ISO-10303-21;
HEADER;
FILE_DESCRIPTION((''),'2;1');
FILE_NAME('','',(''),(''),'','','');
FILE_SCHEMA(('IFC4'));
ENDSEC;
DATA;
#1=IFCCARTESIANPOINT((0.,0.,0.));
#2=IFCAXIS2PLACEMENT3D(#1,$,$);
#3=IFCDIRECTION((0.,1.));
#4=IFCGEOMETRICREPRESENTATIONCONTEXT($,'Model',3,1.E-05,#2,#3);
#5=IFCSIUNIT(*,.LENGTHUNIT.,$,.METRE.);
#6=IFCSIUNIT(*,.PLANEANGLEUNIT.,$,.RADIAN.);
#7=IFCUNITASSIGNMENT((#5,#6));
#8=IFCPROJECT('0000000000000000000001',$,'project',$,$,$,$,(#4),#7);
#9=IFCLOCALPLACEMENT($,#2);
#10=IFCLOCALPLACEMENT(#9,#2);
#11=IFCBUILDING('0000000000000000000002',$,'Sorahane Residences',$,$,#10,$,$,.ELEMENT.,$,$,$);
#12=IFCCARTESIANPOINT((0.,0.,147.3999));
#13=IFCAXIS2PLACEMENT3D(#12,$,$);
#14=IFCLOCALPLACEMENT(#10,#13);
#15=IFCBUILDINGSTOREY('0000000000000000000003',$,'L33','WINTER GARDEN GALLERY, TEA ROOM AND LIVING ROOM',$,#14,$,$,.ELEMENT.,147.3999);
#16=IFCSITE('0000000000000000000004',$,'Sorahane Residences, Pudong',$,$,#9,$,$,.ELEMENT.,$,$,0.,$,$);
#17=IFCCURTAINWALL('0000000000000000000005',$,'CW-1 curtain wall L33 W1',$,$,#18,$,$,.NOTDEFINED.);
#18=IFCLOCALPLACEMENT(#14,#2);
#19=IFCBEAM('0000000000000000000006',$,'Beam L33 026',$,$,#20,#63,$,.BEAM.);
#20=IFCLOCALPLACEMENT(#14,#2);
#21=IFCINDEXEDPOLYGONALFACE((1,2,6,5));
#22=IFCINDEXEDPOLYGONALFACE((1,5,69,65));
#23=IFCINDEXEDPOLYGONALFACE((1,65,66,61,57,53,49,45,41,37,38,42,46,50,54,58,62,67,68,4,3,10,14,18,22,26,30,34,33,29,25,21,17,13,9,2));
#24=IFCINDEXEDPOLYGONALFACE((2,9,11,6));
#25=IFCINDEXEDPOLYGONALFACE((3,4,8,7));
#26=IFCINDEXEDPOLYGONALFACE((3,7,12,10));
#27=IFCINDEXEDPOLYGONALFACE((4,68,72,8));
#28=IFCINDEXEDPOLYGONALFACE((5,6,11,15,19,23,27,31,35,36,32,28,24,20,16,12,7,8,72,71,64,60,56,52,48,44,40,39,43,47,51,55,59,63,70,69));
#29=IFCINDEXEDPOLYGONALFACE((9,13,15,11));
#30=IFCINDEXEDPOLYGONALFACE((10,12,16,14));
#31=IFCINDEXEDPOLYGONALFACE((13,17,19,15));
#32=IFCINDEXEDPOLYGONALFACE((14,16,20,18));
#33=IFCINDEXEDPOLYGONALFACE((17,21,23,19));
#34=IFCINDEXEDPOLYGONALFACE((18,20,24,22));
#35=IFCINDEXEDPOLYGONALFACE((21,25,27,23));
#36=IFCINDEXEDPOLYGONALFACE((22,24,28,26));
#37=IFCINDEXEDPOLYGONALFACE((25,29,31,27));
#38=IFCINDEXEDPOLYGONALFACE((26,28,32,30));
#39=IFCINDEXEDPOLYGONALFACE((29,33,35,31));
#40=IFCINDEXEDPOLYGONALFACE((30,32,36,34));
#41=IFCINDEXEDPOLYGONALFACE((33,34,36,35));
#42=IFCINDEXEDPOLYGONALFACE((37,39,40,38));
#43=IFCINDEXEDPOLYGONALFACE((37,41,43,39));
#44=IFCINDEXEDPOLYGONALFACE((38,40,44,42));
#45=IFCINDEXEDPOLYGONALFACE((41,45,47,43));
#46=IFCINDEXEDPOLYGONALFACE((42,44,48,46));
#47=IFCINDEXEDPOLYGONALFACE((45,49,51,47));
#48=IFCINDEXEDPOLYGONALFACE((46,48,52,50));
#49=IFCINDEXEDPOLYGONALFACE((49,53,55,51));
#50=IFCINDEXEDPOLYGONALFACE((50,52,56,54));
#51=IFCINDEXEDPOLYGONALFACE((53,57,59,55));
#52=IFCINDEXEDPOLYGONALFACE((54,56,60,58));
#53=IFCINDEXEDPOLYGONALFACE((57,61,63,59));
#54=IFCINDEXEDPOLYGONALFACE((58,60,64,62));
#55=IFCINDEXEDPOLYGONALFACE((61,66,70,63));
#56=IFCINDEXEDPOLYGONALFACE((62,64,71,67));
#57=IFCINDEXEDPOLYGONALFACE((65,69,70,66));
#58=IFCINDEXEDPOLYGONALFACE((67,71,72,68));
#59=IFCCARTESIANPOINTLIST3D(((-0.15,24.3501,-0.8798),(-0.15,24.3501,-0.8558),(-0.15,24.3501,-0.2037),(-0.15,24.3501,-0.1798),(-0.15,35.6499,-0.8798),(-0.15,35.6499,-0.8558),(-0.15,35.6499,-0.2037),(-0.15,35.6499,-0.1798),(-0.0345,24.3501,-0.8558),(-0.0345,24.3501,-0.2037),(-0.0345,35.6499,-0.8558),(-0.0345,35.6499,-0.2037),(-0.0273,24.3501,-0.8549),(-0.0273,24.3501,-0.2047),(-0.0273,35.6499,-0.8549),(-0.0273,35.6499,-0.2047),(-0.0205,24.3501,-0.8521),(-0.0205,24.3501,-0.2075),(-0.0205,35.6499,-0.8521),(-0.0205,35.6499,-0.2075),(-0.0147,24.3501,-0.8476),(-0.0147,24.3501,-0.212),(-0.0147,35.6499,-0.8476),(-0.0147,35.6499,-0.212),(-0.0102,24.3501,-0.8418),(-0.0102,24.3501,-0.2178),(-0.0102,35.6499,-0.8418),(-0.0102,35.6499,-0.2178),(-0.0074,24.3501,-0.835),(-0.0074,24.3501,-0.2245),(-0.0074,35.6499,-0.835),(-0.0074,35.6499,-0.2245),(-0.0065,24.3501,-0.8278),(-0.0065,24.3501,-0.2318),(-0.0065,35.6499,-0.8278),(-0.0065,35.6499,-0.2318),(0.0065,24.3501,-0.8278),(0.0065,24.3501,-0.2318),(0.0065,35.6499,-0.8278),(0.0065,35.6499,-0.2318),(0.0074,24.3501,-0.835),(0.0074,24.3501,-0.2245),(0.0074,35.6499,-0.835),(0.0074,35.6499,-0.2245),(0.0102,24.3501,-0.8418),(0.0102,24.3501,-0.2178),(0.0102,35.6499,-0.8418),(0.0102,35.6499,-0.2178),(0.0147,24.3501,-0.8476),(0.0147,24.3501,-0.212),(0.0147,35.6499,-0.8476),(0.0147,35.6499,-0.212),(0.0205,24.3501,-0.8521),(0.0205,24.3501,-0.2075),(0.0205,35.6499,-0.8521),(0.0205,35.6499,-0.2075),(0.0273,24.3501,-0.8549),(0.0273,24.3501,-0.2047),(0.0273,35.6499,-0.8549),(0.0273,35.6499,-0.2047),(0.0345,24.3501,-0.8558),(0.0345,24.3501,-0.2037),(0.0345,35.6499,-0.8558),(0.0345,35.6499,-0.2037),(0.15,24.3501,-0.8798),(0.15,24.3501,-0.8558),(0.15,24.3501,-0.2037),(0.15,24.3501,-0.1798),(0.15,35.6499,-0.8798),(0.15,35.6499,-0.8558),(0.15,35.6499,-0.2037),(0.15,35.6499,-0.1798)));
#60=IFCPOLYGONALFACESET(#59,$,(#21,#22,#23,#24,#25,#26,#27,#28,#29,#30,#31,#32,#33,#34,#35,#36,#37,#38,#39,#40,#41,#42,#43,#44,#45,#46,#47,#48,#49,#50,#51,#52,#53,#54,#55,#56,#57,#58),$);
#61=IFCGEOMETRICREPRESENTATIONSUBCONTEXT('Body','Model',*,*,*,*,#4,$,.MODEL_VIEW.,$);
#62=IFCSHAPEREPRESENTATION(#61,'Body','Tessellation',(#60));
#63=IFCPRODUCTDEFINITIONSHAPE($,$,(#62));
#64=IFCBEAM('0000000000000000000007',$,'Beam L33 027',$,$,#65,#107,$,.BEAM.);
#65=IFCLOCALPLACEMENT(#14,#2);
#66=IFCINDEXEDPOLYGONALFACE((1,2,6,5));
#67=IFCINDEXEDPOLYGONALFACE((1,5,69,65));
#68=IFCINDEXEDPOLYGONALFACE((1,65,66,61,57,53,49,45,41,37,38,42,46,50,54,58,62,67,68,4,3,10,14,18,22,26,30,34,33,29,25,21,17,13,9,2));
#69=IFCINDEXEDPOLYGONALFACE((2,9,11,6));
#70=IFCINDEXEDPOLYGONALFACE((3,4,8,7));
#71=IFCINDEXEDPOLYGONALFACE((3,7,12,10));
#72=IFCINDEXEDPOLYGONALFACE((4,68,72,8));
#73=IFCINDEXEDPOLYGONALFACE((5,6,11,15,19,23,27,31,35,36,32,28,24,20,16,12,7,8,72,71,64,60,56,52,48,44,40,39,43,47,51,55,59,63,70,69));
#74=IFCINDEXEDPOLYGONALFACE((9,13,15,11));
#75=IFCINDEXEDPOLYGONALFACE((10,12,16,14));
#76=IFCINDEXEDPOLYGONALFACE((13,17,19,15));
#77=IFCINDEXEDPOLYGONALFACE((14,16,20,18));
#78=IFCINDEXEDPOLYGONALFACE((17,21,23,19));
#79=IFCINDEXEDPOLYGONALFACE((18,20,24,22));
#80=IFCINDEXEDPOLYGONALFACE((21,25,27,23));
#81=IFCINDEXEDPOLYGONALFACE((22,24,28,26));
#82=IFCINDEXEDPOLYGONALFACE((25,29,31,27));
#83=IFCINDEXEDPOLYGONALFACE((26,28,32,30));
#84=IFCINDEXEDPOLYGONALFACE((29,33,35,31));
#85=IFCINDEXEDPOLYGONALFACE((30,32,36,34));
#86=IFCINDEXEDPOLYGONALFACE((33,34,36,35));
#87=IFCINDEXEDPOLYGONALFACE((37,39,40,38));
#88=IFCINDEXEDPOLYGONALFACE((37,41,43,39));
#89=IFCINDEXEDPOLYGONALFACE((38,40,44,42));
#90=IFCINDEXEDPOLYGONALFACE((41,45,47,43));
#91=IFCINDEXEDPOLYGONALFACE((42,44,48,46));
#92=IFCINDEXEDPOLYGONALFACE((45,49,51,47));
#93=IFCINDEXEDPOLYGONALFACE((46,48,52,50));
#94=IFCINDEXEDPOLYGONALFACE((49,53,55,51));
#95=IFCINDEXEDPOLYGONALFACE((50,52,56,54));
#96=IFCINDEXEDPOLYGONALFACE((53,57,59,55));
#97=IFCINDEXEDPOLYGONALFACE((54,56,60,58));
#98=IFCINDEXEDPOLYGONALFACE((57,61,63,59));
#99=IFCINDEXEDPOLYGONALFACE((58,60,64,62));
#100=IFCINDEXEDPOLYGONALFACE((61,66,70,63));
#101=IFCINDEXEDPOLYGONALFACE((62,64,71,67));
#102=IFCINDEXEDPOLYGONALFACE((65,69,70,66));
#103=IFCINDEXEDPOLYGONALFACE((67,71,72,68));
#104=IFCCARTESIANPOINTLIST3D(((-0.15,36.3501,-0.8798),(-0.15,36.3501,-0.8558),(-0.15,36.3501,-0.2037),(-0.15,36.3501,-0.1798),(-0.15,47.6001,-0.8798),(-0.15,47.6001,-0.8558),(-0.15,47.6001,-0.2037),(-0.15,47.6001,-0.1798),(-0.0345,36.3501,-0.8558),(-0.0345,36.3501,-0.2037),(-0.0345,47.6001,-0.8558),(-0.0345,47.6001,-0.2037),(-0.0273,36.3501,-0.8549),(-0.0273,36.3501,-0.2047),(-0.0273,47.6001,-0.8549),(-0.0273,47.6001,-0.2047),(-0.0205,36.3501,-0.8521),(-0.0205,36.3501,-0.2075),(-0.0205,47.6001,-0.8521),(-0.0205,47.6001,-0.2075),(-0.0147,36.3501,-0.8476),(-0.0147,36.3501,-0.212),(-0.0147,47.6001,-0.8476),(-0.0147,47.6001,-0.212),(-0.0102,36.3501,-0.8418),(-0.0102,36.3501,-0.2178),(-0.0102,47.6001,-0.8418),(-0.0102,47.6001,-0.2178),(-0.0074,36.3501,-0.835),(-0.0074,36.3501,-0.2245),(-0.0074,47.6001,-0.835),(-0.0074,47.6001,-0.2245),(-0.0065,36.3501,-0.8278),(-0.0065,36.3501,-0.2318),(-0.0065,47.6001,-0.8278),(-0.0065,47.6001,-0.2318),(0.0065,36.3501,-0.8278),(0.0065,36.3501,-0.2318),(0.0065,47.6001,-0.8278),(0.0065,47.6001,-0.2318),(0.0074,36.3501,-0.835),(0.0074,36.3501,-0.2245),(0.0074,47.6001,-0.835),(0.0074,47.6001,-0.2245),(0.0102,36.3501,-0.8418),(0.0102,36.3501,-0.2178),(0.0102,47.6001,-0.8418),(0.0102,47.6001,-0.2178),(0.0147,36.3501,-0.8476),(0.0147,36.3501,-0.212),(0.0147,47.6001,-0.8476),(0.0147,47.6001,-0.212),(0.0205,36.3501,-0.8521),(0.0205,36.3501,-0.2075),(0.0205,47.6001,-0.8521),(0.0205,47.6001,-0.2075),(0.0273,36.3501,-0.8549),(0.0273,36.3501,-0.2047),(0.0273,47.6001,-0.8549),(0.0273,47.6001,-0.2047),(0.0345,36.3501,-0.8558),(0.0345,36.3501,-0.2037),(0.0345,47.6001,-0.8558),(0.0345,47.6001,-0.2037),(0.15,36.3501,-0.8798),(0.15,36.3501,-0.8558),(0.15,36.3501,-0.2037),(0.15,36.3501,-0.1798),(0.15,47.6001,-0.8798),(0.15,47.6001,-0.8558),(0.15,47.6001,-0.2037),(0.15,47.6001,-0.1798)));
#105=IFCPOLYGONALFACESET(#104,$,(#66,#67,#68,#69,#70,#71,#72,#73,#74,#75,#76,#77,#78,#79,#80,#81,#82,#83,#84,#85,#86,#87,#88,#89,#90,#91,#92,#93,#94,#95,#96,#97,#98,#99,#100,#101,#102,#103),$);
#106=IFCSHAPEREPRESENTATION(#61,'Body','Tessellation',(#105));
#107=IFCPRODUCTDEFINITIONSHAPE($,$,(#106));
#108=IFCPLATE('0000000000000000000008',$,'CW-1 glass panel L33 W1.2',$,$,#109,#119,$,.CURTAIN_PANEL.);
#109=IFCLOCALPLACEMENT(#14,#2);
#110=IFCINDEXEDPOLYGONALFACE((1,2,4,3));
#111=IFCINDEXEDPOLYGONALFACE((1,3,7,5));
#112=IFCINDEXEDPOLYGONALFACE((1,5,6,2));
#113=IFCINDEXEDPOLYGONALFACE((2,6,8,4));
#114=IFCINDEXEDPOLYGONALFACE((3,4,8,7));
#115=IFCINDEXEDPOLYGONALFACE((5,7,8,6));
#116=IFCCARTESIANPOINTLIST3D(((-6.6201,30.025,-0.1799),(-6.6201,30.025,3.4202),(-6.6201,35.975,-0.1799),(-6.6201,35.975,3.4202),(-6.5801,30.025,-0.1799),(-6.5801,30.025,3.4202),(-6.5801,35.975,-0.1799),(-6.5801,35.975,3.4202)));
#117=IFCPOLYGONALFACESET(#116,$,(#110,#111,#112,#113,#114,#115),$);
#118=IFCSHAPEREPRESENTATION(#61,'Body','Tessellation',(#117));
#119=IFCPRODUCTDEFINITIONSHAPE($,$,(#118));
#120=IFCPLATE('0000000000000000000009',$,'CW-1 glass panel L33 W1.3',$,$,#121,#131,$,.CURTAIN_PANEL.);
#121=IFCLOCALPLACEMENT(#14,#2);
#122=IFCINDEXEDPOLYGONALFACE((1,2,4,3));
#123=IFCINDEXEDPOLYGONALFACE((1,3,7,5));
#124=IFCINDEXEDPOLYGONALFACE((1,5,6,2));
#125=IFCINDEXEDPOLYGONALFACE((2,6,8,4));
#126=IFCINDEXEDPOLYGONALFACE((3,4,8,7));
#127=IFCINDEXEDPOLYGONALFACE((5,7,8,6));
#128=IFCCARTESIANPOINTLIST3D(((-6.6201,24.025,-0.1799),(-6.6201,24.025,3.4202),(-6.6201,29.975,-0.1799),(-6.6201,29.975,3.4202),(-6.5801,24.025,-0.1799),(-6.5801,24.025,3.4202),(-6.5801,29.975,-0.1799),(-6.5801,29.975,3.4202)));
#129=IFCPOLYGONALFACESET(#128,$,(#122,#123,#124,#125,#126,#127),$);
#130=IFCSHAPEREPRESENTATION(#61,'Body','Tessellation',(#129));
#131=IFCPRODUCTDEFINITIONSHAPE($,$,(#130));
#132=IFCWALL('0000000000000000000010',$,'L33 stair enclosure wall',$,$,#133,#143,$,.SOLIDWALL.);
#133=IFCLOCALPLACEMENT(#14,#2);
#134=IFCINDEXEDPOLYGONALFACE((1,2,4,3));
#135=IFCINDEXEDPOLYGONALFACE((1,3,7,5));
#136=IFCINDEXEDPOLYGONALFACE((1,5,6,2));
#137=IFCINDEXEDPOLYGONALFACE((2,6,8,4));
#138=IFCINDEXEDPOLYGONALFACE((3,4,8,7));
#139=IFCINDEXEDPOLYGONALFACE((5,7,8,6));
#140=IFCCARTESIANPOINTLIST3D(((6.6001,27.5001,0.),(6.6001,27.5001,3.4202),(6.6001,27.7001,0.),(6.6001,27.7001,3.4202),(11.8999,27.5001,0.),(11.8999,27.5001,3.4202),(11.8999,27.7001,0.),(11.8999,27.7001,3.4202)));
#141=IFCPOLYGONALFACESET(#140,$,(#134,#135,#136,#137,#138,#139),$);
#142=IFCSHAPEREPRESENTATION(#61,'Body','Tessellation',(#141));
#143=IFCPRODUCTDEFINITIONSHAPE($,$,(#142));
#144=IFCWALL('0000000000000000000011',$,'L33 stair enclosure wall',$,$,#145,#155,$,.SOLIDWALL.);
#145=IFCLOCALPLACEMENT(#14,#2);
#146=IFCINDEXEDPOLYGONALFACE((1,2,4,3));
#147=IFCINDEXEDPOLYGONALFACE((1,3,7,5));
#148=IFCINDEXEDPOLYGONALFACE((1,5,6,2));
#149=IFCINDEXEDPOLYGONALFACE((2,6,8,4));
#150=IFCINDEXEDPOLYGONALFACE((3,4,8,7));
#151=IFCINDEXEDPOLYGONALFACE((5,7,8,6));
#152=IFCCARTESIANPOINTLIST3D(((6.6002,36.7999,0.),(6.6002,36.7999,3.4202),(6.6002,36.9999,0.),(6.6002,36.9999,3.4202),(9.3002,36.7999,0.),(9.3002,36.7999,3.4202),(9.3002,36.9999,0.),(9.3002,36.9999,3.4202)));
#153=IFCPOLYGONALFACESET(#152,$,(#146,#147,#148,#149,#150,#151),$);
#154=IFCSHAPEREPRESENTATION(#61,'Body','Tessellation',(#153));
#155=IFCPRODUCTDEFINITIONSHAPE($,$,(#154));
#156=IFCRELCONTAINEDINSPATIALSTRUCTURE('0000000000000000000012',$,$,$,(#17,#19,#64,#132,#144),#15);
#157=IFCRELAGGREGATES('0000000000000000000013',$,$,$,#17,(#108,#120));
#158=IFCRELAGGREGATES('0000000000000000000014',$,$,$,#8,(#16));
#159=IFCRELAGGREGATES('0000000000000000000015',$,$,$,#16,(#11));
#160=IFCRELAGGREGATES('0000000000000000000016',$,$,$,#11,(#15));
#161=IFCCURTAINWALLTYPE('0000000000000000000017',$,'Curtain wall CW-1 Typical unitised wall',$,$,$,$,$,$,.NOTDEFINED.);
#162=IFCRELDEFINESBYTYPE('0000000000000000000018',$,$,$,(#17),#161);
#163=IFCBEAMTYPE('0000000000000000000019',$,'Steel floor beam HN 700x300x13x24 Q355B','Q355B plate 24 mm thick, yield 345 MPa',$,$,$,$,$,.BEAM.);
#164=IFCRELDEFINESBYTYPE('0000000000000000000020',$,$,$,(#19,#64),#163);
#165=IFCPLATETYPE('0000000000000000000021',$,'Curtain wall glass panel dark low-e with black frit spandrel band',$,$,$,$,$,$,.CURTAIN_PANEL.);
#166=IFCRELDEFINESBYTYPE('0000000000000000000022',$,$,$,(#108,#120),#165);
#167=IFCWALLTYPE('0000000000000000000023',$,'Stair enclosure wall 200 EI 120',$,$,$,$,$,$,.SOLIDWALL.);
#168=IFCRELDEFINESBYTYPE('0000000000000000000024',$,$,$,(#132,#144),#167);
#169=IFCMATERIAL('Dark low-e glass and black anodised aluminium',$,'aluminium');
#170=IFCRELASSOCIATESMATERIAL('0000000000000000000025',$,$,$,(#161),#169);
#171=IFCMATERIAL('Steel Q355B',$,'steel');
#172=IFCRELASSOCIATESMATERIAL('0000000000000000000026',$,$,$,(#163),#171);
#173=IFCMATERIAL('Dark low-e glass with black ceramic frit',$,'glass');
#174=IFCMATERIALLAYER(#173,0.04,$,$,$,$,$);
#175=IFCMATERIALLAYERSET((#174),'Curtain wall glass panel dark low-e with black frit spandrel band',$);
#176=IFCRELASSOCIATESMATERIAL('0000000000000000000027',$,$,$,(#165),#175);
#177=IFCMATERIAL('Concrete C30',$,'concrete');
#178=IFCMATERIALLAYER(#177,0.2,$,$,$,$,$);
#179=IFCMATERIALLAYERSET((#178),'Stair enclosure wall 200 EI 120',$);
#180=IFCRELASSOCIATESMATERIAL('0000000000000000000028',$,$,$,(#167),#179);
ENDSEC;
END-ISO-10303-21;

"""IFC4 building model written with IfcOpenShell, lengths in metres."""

from ifc_helpers import new_model, si_unit, direction, frame, frame_2d, origin, origin_2d, place, context, subcontext, project, spatial, rectangle, i_section, extrude, material, layer, layer_set, material_profile, profile_set, type_object, element, aggregate, save


model = new_model("IFC4")

# Units and contexts
model_context = context("Model", 3, precision=1e-05, world=origin(), true_north=direction((0.0, 1.0)))
body_context = subcontext(model_context, "Body", "Model", "MODEL_VIEW")
ifc_project = project(units=[si_unit("LENGTHUNIT", "METRE"), si_unit("PLANEANGLEUNIT", "RADIAN")], contexts=[model_context])

# Site, building, storey
site_placement = place(None, origin())
site = spatial("IfcSite", under=ifc_project, at=site_placement, Name="Sorahane Residences, Pudong", CompositionType="ELEMENT", RefElevation=0.0)
building_placement = place(site_placement, origin())
building = spatial("IfcBuilding", under=site, at=building_placement, Name="Sorahane Residences", CompositionType="ELEMENT")
storey_placement = place(building_placement, frame((0.0, 0.0, 147.3999)))
storey = spatial("IfcBuildingStorey", under=building, at=storey_placement, Name="L33", Description="WINTER GARDEN GALLERY, TEA ROOM AND LIVING ROOM", CompositionType="ELEMENT", Elevation=147.3999)

# Curtain wall
ifc_material_1 = material(Name="Dark low-e glass and black anodised aluminium", Category="aluminium")
curtain_wall_type = type_object("IfcCurtainWallType", Name="Curtain wall CW-1 Typical unitised wall", PredefinedType="NOTDEFINED", material=ifc_material_1)
curtain_wall_placement = place(storey_placement, origin())
curtain_wall = element("IfcCurtainWall", 1, at=curtain_wall_placement, inside=storey, type_object=curtain_wall_type, Name="CW-1 curtain wall L33 W1", PredefinedType="NOTDEFINED")

# Beams
ifc_material_2 = material(Name="Steel Q355B", Category="steel")
ifc_material_profile_1 = material_profile(ifc_material_2, i_section(OverallWidth=0.3, OverallDepth=0.7, WebThickness=0.0129, FlangeThickness=0.0239, FilletRadius=0.0281, at=origin_2d()), Name="HN 700x300x13x24")
ifc_profile_set_1 = profile_set([ifc_material_profile_1], Name="Steel Q355B")
beam_type_1 = type_object("IfcBeamType", Name="Steel floor beam HN 700x300x13x24 Q355B", Description="Q355B plate 24 mm thick, yield 345 MPa", PredefinedType="BEAM", material=ifc_profile_set_1)
beam_1_placement = place(storey_placement, frame((0.0, 24.3501, -0.5298), z_axis=(0.0, 1.0, 0.0), x_axis=(-1.0, 0.0, 0.0)))
element("IfcBeam", 2, at=beam_1_placement, inside=storey, type_object=beam_type_1, Name="Beam L33 026", PredefinedType="BEAM", context=body_context, shape_type="SweptSolid", body=[
    extrude(i_section(OverallWidth=0.3, OverallDepth=0.7, WebThickness=0.0129, FlangeThickness=0.0239, FilletRadius=0.0281, at=origin_2d()), origin(), (0.0, 0.0, 1.0), 11.2998),
])
beam_2_placement = place(storey_placement, frame((0.0, 36.3501, -0.5298), z_axis=(0.0, 1.0, 0.0), x_axis=(-1.0, 0.0, 0.0)))
element("IfcBeam", 3, at=beam_2_placement, inside=storey, type_object=beam_type_1, Name="Beam L33 027", PredefinedType="BEAM", context=body_context, shape_type="SweptSolid", body=[
    extrude(i_section(OverallWidth=0.3, OverallDepth=0.7, WebThickness=0.0129, FlangeThickness=0.0239, FilletRadius=0.0281, at=origin_2d()), origin(), (0.0, 0.0, 1.0), 11.25),
])

# Plates
ifc_material_3 = material(Name="Dark low-e glass with black ceramic frit", Category="glass")
ifc_layer_1 = layer(ifc_material_3, 0.04)
ifc_layer_set_1 = layer_set([ifc_layer_1], Name="Curtain wall glass panel dark low-e with black frit spandrel band")
plate_type = type_object("IfcPlateType", Name="Curtain wall glass panel dark low-e with black frit spandrel band", PredefinedType="CURTAIN_PANEL", material=ifc_layer_set_1)
plate_1_placement = place(storey_placement, frame((-6.6001, 33.0, -0.1799), z_axis=(0.0, 0.0, 1.0), x_axis=(0.0, -1.0, 0.0)))
plate_1 = element("IfcPlate", 4, at=plate_1_placement, type_object=plate_type, Name="CW-1 glass panel L33 W1.2", PredefinedType="CURTAIN_PANEL", context=body_context, shape_type="SweptSolid", body=[
    extrude(rectangle(XDim=5.95, YDim=0.04, at=origin_2d()), origin(), (0.0, 0.0, 1.0), 3.6001),
])
plate_2_placement = place(storey_placement, frame((-6.6001, 27.0, -0.1799), z_axis=(0.0, 0.0, 1.0), x_axis=(0.0, -1.0, 0.0)))
plate_2 = element("IfcPlate", 5, at=plate_2_placement, type_object=plate_type, Name="CW-1 glass panel L33 W1.3", PredefinedType="CURTAIN_PANEL", context=body_context, shape_type="SweptSolid", body=[
    extrude(rectangle(XDim=5.95, YDim=0.04, at=origin_2d()), origin(), (0.0, 0.0, 1.0), 3.6001),
])
aggregate(curtain_wall, [plate_1, plate_2])

# Walls
ifc_material_4 = material(Name="Concrete C30", Category="concrete")
ifc_layer_2 = layer(ifc_material_4, 0.2)
ifc_layer_set_2 = layer_set([ifc_layer_2], Name="Stair enclosure wall 200 EI 120")
wall_type = type_object("IfcWallType", Name="Stair enclosure wall 200 EI 120", PredefinedType="SOLIDWALL", material=ifc_layer_set_2)
wall_1_placement = place(storey_placement, frame((6.6001, 27.6001, 0.0), z_axis=(0.0, 0.0, 1.0), x_axis=(1.0, 0.0, 0.0)))
element("IfcWall", 6, at=wall_1_placement, inside=storey, type_object=wall_type, Name="L33 stair enclosure wall", PredefinedType="SOLIDWALL", context=body_context, shape_type="SweptSolid", body=[
    extrude(rectangle(XDim=5.2998, YDim=0.2, at=frame_2d((2.6499, 0.0))), origin(), (0.0, 0.0, 1.0), 3.4202),
])
wall_2_placement = place(storey_placement, frame((6.6001, 36.8999, 0.0), z_axis=(0.0, 0.0, 1.0), x_axis=(1.0, 0.0, 0.0)))
element("IfcWall", 7, at=wall_2_placement, inside=storey, type_object=wall_type, Name="L33 stair enclosure wall", PredefinedType="SOLIDWALL", context=body_context, shape_type="SweptSolid", body=[
    extrude(rectangle(XDim=2.7, YDim=0.2, at=frame_2d((1.3501, 0.0))), origin(), (0.0, 0.0, 1.0), 3.4202),
])

save(model, "model.ifc")
